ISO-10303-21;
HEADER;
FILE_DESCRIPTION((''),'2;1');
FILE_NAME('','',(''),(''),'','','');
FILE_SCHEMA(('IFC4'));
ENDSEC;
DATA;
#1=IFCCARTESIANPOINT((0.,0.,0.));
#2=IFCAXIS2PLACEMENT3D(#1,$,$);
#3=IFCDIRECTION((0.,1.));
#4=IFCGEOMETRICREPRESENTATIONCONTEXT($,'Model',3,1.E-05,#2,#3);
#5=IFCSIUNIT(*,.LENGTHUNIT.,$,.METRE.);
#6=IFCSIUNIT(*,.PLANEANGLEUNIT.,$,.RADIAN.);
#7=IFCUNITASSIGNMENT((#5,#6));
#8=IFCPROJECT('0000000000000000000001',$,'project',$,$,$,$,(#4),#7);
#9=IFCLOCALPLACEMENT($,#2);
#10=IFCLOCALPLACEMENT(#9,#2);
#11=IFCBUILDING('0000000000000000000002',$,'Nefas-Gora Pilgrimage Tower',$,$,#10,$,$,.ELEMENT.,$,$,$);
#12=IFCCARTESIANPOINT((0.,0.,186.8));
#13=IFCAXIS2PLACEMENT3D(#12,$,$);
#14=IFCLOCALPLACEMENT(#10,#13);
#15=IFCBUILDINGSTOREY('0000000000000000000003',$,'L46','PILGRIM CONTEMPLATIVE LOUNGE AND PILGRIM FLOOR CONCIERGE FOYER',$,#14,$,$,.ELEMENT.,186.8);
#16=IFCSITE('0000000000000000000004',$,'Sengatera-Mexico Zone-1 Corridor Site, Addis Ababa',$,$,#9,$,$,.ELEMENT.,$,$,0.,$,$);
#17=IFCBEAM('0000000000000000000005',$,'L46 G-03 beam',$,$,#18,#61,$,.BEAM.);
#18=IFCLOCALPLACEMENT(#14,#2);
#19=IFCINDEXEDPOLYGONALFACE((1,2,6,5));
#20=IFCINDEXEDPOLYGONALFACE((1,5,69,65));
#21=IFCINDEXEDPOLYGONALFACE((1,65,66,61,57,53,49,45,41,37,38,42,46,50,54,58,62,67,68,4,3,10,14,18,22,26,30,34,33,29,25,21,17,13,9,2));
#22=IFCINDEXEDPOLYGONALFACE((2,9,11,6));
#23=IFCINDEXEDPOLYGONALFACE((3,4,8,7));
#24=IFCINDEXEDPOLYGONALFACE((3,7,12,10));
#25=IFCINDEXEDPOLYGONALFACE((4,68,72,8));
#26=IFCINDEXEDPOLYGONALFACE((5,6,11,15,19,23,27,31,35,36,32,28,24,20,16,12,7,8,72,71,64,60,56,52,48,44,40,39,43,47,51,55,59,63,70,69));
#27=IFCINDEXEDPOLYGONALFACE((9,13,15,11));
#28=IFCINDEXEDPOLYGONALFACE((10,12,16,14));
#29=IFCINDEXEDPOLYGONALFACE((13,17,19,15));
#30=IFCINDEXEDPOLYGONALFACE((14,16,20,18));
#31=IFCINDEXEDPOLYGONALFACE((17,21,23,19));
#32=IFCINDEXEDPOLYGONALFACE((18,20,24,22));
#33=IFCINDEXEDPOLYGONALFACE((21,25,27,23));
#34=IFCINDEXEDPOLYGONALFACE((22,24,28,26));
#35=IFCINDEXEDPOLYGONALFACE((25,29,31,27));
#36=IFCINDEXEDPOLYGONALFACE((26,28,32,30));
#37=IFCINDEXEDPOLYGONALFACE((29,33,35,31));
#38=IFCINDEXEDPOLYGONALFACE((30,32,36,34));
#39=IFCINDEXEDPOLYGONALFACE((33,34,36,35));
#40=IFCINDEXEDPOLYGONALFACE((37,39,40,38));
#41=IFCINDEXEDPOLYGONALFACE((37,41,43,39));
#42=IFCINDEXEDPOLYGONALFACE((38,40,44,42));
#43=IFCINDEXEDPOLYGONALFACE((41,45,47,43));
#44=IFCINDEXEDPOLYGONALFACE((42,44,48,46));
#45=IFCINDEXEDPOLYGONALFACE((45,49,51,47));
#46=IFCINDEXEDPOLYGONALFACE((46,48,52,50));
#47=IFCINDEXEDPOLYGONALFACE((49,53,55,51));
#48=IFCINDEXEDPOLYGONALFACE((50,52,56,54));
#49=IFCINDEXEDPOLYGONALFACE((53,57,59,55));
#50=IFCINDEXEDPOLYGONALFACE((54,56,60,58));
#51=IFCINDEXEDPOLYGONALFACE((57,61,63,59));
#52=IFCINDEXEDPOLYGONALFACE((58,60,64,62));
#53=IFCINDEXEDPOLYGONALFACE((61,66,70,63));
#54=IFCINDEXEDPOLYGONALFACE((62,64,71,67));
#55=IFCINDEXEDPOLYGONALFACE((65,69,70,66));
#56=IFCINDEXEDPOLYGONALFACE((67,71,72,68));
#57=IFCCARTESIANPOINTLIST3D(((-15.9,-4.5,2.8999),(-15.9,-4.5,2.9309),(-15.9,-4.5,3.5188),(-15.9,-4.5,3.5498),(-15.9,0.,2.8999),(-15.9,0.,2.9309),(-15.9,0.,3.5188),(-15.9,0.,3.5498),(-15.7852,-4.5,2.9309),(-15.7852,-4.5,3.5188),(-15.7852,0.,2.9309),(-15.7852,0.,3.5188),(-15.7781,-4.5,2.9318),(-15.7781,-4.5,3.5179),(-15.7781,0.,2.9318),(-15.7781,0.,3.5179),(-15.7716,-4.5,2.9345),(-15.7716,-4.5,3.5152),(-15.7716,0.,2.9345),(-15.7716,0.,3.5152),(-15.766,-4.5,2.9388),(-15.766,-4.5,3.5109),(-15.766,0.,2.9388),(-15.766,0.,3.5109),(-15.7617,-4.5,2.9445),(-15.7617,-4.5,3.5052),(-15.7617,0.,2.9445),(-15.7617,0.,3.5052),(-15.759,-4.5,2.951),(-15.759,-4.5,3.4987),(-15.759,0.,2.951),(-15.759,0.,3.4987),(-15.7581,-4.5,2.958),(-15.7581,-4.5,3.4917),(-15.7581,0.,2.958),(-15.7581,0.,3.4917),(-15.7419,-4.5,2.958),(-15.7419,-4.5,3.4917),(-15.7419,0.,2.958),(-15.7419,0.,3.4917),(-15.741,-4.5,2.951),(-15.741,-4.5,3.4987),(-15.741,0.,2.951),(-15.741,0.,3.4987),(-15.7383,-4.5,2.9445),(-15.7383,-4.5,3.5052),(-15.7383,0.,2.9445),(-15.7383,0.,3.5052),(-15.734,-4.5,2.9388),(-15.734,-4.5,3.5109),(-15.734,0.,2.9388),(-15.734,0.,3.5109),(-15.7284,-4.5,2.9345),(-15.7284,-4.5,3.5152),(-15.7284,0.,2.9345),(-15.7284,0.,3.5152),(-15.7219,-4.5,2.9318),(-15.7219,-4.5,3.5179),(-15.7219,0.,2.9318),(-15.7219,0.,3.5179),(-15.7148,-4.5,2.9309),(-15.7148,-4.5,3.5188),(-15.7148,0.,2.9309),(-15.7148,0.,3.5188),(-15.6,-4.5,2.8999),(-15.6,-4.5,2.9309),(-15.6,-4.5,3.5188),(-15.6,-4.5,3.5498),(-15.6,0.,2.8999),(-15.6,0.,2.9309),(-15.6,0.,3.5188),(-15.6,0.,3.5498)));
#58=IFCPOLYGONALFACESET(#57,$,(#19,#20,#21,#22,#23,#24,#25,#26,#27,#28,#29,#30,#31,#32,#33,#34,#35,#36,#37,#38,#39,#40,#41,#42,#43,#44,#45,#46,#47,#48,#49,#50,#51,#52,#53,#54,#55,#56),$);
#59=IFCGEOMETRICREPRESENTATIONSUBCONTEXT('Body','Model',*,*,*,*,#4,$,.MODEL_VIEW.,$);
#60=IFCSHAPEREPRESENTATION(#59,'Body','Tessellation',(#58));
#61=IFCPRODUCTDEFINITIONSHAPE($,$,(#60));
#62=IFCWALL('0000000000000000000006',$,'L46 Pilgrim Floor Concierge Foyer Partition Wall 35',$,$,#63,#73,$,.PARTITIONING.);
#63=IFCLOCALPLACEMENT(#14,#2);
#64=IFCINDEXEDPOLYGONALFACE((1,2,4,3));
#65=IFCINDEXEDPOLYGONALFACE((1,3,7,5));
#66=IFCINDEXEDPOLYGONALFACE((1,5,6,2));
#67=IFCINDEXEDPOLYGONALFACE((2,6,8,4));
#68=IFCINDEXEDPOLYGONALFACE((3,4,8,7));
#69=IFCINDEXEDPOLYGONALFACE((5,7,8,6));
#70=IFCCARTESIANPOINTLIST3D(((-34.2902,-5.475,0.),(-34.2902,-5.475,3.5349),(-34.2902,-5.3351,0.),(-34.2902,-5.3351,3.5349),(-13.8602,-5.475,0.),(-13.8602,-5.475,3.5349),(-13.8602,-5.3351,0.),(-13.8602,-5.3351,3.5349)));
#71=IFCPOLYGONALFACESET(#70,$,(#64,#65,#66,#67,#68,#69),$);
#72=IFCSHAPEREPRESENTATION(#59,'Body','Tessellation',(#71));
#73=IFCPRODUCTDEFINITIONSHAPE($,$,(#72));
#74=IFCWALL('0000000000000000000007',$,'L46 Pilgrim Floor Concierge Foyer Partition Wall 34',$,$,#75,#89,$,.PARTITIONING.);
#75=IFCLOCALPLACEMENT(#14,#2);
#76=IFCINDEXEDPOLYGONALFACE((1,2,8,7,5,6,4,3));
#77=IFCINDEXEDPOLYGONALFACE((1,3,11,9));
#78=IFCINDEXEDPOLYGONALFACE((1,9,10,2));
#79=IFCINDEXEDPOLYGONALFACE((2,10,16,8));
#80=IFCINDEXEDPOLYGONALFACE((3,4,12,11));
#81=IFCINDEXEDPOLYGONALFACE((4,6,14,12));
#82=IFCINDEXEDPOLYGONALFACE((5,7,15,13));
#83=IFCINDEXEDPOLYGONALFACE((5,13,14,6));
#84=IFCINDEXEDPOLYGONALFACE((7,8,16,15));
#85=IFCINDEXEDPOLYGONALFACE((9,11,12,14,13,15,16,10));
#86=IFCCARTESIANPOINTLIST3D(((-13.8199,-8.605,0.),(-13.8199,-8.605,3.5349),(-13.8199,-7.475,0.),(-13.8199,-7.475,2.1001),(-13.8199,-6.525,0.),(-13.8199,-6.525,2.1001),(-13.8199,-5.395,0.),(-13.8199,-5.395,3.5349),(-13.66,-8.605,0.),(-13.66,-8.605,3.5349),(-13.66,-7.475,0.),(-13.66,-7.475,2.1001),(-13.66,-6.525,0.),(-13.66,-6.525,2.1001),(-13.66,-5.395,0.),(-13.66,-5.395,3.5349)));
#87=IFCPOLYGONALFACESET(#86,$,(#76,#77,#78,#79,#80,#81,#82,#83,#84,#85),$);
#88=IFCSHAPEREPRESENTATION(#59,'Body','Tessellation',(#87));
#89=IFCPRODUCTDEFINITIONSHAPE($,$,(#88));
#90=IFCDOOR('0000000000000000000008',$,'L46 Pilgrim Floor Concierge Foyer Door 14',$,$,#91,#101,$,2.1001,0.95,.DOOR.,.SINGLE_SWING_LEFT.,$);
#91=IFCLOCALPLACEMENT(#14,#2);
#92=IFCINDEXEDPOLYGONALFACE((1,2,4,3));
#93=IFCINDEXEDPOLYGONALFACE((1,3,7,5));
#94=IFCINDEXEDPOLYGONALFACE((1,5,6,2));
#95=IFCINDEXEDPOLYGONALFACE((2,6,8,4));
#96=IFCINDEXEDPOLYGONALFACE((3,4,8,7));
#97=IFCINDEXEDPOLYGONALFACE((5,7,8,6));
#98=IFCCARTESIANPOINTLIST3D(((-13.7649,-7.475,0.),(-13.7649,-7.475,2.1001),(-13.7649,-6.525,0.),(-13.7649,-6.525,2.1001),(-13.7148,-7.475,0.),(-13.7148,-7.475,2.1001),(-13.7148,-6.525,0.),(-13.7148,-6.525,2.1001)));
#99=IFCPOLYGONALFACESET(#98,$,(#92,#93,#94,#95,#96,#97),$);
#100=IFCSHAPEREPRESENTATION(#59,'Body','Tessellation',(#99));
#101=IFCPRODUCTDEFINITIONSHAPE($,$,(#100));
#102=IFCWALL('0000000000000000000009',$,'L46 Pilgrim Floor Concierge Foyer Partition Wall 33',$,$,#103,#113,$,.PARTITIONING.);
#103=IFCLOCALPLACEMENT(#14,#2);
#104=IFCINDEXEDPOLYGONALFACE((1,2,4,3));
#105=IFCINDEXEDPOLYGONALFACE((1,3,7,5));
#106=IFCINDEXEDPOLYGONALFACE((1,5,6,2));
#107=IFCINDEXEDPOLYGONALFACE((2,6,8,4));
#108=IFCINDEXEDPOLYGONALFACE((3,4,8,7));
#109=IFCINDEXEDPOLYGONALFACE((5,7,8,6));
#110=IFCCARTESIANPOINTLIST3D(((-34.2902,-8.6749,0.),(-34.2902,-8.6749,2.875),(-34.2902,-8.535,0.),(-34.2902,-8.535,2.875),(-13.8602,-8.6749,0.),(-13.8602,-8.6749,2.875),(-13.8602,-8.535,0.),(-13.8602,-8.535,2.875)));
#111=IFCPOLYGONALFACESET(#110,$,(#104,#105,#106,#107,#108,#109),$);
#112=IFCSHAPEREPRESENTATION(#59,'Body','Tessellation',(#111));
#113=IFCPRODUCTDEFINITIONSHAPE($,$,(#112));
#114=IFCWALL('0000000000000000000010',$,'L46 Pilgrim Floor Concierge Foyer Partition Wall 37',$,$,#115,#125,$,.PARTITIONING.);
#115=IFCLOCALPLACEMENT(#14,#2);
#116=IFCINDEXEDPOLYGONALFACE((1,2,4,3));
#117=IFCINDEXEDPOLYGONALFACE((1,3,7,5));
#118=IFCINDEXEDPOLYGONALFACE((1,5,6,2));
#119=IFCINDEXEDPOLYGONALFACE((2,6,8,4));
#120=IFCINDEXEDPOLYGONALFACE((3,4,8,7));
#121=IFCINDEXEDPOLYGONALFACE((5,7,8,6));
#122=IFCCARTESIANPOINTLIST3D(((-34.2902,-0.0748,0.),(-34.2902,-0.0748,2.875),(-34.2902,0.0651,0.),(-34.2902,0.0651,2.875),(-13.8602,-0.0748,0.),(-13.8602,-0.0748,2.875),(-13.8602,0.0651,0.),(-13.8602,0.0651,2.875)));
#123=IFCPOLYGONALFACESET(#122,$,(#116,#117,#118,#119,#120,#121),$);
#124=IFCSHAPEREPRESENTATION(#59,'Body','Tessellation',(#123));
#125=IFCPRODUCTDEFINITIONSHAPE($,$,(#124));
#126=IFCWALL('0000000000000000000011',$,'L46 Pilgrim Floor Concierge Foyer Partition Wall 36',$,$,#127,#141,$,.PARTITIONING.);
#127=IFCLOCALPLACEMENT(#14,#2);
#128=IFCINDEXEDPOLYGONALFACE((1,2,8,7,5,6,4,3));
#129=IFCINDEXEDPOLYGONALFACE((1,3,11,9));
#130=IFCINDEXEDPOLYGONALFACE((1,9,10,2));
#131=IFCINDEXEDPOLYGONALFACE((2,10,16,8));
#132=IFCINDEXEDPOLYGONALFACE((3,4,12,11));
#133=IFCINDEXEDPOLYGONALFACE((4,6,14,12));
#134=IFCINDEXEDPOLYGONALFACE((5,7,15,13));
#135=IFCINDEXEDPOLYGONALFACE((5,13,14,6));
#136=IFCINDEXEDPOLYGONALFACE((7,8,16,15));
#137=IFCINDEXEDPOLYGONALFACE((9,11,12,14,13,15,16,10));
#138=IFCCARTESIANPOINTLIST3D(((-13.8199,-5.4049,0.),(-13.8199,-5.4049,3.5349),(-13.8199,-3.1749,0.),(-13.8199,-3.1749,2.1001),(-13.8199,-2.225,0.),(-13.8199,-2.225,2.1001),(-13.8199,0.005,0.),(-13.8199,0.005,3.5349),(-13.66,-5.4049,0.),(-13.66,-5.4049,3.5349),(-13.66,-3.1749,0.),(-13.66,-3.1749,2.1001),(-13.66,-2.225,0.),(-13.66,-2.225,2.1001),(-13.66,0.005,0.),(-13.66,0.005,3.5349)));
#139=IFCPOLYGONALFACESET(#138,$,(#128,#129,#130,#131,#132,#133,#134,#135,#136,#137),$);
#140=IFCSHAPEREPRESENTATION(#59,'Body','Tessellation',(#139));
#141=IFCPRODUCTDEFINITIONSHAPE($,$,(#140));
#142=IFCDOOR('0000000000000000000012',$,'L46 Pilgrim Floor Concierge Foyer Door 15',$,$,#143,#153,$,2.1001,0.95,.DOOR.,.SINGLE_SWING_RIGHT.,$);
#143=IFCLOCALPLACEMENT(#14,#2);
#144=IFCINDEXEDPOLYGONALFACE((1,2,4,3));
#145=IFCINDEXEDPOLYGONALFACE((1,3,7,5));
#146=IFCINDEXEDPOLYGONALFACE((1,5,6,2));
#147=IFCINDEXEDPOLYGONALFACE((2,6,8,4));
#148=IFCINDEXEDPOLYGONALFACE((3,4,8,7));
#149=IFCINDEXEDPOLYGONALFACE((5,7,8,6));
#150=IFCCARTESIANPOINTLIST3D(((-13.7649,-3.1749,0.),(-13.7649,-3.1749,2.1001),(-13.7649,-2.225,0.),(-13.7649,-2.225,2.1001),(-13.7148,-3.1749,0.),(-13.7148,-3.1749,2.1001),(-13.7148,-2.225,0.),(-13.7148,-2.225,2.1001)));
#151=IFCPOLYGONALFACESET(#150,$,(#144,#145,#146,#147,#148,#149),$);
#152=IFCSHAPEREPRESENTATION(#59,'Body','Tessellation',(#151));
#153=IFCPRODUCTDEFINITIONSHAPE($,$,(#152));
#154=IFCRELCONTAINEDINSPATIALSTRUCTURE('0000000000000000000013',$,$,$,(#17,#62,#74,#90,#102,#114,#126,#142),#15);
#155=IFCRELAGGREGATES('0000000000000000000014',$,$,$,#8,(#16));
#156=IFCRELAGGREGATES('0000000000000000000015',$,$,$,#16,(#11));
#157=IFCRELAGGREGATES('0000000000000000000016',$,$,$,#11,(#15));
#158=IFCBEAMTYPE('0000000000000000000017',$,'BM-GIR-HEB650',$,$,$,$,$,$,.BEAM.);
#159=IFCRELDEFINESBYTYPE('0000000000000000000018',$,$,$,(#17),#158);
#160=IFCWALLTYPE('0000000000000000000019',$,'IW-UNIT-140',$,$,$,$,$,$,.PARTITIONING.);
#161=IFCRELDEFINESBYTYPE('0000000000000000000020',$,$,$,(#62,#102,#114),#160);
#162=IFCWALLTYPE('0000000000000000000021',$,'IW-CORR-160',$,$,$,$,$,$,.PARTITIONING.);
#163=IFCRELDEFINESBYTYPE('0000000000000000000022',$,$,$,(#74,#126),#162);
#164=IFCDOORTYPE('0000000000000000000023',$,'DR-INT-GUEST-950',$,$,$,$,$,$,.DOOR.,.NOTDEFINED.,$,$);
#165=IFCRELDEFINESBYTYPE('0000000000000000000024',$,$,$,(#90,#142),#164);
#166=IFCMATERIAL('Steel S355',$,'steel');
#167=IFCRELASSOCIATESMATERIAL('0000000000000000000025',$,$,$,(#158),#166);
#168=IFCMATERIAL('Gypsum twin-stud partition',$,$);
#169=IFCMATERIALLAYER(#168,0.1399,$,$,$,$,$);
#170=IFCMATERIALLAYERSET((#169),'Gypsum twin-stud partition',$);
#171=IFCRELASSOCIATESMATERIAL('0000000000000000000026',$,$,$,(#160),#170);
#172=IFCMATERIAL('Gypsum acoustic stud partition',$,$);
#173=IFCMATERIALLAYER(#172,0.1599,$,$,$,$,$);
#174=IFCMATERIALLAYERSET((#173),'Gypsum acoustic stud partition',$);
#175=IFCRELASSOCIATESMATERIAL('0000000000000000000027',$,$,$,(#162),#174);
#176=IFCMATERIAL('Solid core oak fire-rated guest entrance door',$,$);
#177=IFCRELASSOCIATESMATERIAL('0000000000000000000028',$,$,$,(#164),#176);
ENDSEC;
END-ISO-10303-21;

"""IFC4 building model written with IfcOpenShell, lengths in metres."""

from ifc_helpers import new_model, si_unit, direction, frame, frame_2d, origin, origin_2d, place, context, subcontext, project, spatial, rectangle, i_section, extrude, source, transform, mapped, material, layer, layer_set, material_profile, profile_set, type_object, element, fill, save


model = new_model("IFC4")

# Units and contexts
model_context = context("Model", 3, precision=1e-05, world=origin(), true_north=direction((0.0, 1.0)))
body_context = subcontext(model_context, "Body", "Model", "MODEL_VIEW")
ifc_project = project(units=[si_unit("LENGTHUNIT", "METRE"), si_unit("PLANEANGLEUNIT", "RADIAN")], contexts=[model_context])

# Site, building, storey
site_placement = place(None, origin())
site = spatial("IfcSite", under=ifc_project, at=site_placement, Name="Sengatera-Mexico Zone-1 Corridor Site, Addis Ababa", CompositionType="ELEMENT", RefElevation=0.0)
building_placement = place(site_placement, origin())
building = spatial("IfcBuilding", under=site, at=building_placement, Name="Nefas-Gora Pilgrimage Tower", CompositionType="ELEMENT")
storey_placement = place(building_placement, frame((0.0, 0.0, 186.8)))
storey = spatial("IfcBuildingStorey", under=building, at=storey_placement, Name="L46", Description="PILGRIM CONTEMPLATIVE LOUNGE AND PILGRIM FLOOR CONCIERGE FOYER", CompositionType="ELEMENT", Elevation=186.8)

# Beam
ifc_material_1 = material(Name="Steel S355", Category="steel")
ifc_material_profile_1 = material_profile(ifc_material_1, i_section(OverallWidth=0.3, OverallDepth=0.6499, WebThickness=0.0161, FlangeThickness=0.031, FilletRadius=0.0271, at=origin_2d()), Name="HEB 650")
ifc_profile_set_1 = profile_set([ifc_material_profile_1], Name="Steel S355")
beam_type_1 = type_object("IfcBeamType", Name="BM-GIR-HEB650", PredefinedType="BEAM", material=ifc_profile_set_1)
shared_shape_1 = source(origin(), body_context, "Body", "SweptSolid", [
    extrude(i_section(OverallWidth=0.3, OverallDepth=0.6499, WebThickness=0.0161, FlangeThickness=0.031, FilletRadius=0.0271, at=origin_2d()), origin(), (0.0, 0.0, 1.0), 4.5),
])
for number, where, z_axis, x_axis, name in (
    (1, (-15.75, -4.5, 3.2249), (0.0, 1.0, 0.0), (-1.0, 0.0, 0.0), "L46 G-03 beam"),
):
    element("IfcBeam", number, at=place(storey_placement, frame(where, z_axis=z_axis, x_axis=x_axis)), inside=storey, type_object=beam_type_1, Name=name, PredefinedType="BEAM", context=body_context, shape_type="MappedRepresentation", body=[
        mapped(shared_shape_1, transform((0.0, 0.0, 0.0), x_axis=(1.0, 0.0, 0.0), y_axis=(0.0, 1.0, 0.0), z_axis=(0.0, 0.0, 1.0), scale=1.0)),
    ])

# Wall
ifc_material_2 = material(Name="Gypsum twin-stud partition")
ifc_layer_1 = layer(ifc_material_2, 0.1399)
ifc_layer_set_1 = layer_set([ifc_layer_1], Name="Gypsum twin-stud partition")
wall_type_1 = type_object("IfcWallType", Name="IW-UNIT-140", PredefinedType="PARTITIONING", material=ifc_layer_set_1)
shared_shape_2 = source(origin(), body_context, "Body", "SweptSolid", [
    extrude(rectangle(XDim=20.4299, YDim=0.1399, at=frame_2d((10.2148, 0.0))), origin(), (0.0, 0.0, 1.0), 3.5349),
])
wall_1_placement = place(storey_placement, frame((-34.29, -5.405, 0.0), z_axis=(0.0, 0.0, 1.0), x_axis=(1.0, 0.0, 0.0)))
element("IfcWall", 2, at=wall_1_placement, inside=storey, type_object=wall_type_1, Name="L46 Pilgrim Floor Concierge Foyer Partition Wall 35", PredefinedType="PARTITIONING", context=body_context, shape_type="MappedRepresentation", body=[
    mapped(shared_shape_2, transform((0.0, 0.0, 0.0), x_axis=(1.0, 0.0, 0.0), y_axis=(0.0, 1.0, 0.0), z_axis=(0.0, 0.0, 1.0), scale=1.0)),
])

# Wall, opening, door
ifc_material_3 = material(Name="Gypsum acoustic stud partition")
ifc_layer_2 = layer(ifc_material_3, 0.1599)
ifc_layer_set_2 = layer_set([ifc_layer_2], Name="Gypsum acoustic stud partition")
wall_type_2 = type_object("IfcWallType", Name="IW-CORR-160", PredefinedType="PARTITIONING", material=ifc_layer_set_2)
shared_shape_3 = source(origin(), body_context, "Body", "SweptSolid", [
    extrude(rectangle(XDim=3.21, YDim=0.1599, at=frame_2d((1.605, 0.0))), origin(), (0.0, 0.0, 1.0), 3.5349),
])
wall_2_placement = place(storey_placement, frame((-13.74, -8.605, 0.0), z_axis=(0.0, 0.0, 1.0), x_axis=(0.0, 1.0, 0.0)))
wall_2 = element("IfcWall", 3, at=wall_2_placement, inside=storey, type_object=wall_type_2, Name="L46 Pilgrim Floor Concierge Foyer Partition Wall 34", PredefinedType="PARTITIONING", context=body_context, shape_type="MappedRepresentation", body=[
    mapped(shared_shape_3, transform((0.0, 0.0, 0.0), x_axis=(1.0, 0.0, 0.0), y_axis=(0.0, 1.0, 0.0), z_axis=(0.0, 0.0, 1.0), scale=1.0)),
])
opening_1_placement = place(wall_2_placement, frame((1.1299, 0.0, 0.0)))
opening_1 = element("IfcOpeningElement", 4, at=opening_1_placement, cuts=wall_2, PredefinedType="OPENING", context=body_context, shape_type="SweptSolid", body=[
    extrude(rectangle(XDim=0.95, YDim=2.1001, at=frame_2d((0.4751, 1.05))), frame((0.0, 0.0898, 0.0), z_axis=(0.0, -1.0, 0.0), x_axis=(1.0, 0.0, 0.0)), (0.0, 0.0, 1.0), 0.1799),
])
ifc_material_4 = material(Name="Solid core oak fire-rated guest entrance door")
door_type = type_object("IfcDoorType", Name="DR-INT-GUEST-950", OperationType="NOTDEFINED", PredefinedType="DOOR", material=ifc_material_4)
shared_shape_4 = source(origin(), body_context, "Body", "SweptSolid", [
    extrude(rectangle(XDim=0.95, YDim=2.1001, at=frame_2d((0.4751, 1.05))), frame((0.0, 0.0249, 0.0), z_axis=(0.0, -1.0, 0.0), x_axis=(1.0, 0.0, 0.0)), (0.0, 0.0, 1.0), 0.05),
])
door_1_placement = place(opening_1_placement, origin())
door_1 = element("IfcDoor", 5, at=door_1_placement, inside=storey, type_object=door_type, Name="L46 Pilgrim Floor Concierge Foyer Door 14", OperationType="SINGLE_SWING_LEFT", OverallHeight=2.1001, OverallWidth=0.95, PredefinedType="DOOR", context=body_context, shape_type="MappedRepresentation", body=[
    mapped(shared_shape_4, transform((0.0, 0.0, 0.0), x_axis=(1.0, 0.0, 0.0), y_axis=(0.0, 1.0, 0.0), z_axis=(0.0, 0.0, 1.0), scale=1.0)),
])
fill(opening_1, door_1)

# Walls
shared_shape_5 = source(origin(), body_context, "Body", "SweptSolid", [
    extrude(rectangle(XDim=20.4299, YDim=0.1399, at=frame_2d((10.2148, 0.0))), origin(), (0.0, 0.0, 1.0), 2.875),
])
for number, where, z_axis, x_axis, name in (
    (6, (-34.29, -8.605, 0.0), (0.0, 0.0, 1.0), (1.0, 0.0, 0.0), "L46 Pilgrim Floor Concierge Foyer Partition Wall 33"),
    (7, (-34.29, -0.0049, 0.0), (0.0, 0.0, 1.0), (1.0, 0.0, 0.0), "L46 Pilgrim Floor Concierge Foyer Partition Wall 37"),
):
    element("IfcWall", number, at=place(storey_placement, frame(where, z_axis=z_axis, x_axis=x_axis)), inside=storey, type_object=wall_type_1, Name=name, PredefinedType="PARTITIONING", context=body_context, shape_type="MappedRepresentation", body=[
        mapped(shared_shape_5, transform((0.0, 0.0, 0.0), x_axis=(1.0, 0.0, 0.0), y_axis=(0.0, 1.0, 0.0), z_axis=(0.0, 0.0, 1.0), scale=1.0)),
    ])

# Wall, opening, door
shared_shape_6 = source(origin(), body_context, "Body", "SweptSolid", [
    extrude(rectangle(XDim=5.4099, YDim=0.1599, at=frame_2d((2.7051, 0.0))), origin(), (0.0, 0.0, 1.0), 3.5349),
])
wall_3_placement = place(storey_placement, frame((-13.74, -5.405, 0.0), z_axis=(0.0, 0.0, 1.0), x_axis=(0.0, 1.0, 0.0)))
wall_3 = element("IfcWall", 8, at=wall_3_placement, inside=storey, type_object=wall_type_2, Name="L46 Pilgrim Floor Concierge Foyer Partition Wall 36", PredefinedType="PARTITIONING", context=body_context, shape_type="MappedRepresentation", body=[
    mapped(shared_shape_6, transform((0.0, 0.0, 0.0), x_axis=(1.0, 0.0, 0.0), y_axis=(0.0, 1.0, 0.0), z_axis=(0.0, 0.0, 1.0), scale=1.0)),
])
opening_2_placement = place(wall_3_placement, frame((2.23, 0.0, 0.0)))
opening_2 = element("IfcOpeningElement", 9, at=opening_2_placement, cuts=wall_3, PredefinedType="OPENING", context=body_context, shape_type="SweptSolid", body=[
    extrude(rectangle(XDim=0.95, YDim=2.1001, at=frame_2d((0.4751, 1.05))), frame((0.0, 0.0898, 0.0), z_axis=(0.0, -1.0, 0.0), x_axis=(1.0, 0.0, 0.0)), (0.0, 0.0, 1.0), 0.1799),
])
door_2_placement = place(opening_2_placement, origin())
door_2 = element("IfcDoor", 10, at=door_2_placement, inside=storey, type_object=door_type, Name="L46 Pilgrim Floor Concierge Foyer Door 15", OperationType="SINGLE_SWING_RIGHT", OverallHeight=2.1001, OverallWidth=0.95, PredefinedType="DOOR", context=body_context, shape_type="MappedRepresentation", body=[
    mapped(shared_shape_4, transform((0.0, 0.0, 0.0), x_axis=(1.0, 0.0, 0.0), y_axis=(0.0, 1.0, 0.0), z_axis=(0.0, 0.0, 1.0), scale=1.0)),
])
fill(opening_2, door_2)

save(model, "model.ifc")
